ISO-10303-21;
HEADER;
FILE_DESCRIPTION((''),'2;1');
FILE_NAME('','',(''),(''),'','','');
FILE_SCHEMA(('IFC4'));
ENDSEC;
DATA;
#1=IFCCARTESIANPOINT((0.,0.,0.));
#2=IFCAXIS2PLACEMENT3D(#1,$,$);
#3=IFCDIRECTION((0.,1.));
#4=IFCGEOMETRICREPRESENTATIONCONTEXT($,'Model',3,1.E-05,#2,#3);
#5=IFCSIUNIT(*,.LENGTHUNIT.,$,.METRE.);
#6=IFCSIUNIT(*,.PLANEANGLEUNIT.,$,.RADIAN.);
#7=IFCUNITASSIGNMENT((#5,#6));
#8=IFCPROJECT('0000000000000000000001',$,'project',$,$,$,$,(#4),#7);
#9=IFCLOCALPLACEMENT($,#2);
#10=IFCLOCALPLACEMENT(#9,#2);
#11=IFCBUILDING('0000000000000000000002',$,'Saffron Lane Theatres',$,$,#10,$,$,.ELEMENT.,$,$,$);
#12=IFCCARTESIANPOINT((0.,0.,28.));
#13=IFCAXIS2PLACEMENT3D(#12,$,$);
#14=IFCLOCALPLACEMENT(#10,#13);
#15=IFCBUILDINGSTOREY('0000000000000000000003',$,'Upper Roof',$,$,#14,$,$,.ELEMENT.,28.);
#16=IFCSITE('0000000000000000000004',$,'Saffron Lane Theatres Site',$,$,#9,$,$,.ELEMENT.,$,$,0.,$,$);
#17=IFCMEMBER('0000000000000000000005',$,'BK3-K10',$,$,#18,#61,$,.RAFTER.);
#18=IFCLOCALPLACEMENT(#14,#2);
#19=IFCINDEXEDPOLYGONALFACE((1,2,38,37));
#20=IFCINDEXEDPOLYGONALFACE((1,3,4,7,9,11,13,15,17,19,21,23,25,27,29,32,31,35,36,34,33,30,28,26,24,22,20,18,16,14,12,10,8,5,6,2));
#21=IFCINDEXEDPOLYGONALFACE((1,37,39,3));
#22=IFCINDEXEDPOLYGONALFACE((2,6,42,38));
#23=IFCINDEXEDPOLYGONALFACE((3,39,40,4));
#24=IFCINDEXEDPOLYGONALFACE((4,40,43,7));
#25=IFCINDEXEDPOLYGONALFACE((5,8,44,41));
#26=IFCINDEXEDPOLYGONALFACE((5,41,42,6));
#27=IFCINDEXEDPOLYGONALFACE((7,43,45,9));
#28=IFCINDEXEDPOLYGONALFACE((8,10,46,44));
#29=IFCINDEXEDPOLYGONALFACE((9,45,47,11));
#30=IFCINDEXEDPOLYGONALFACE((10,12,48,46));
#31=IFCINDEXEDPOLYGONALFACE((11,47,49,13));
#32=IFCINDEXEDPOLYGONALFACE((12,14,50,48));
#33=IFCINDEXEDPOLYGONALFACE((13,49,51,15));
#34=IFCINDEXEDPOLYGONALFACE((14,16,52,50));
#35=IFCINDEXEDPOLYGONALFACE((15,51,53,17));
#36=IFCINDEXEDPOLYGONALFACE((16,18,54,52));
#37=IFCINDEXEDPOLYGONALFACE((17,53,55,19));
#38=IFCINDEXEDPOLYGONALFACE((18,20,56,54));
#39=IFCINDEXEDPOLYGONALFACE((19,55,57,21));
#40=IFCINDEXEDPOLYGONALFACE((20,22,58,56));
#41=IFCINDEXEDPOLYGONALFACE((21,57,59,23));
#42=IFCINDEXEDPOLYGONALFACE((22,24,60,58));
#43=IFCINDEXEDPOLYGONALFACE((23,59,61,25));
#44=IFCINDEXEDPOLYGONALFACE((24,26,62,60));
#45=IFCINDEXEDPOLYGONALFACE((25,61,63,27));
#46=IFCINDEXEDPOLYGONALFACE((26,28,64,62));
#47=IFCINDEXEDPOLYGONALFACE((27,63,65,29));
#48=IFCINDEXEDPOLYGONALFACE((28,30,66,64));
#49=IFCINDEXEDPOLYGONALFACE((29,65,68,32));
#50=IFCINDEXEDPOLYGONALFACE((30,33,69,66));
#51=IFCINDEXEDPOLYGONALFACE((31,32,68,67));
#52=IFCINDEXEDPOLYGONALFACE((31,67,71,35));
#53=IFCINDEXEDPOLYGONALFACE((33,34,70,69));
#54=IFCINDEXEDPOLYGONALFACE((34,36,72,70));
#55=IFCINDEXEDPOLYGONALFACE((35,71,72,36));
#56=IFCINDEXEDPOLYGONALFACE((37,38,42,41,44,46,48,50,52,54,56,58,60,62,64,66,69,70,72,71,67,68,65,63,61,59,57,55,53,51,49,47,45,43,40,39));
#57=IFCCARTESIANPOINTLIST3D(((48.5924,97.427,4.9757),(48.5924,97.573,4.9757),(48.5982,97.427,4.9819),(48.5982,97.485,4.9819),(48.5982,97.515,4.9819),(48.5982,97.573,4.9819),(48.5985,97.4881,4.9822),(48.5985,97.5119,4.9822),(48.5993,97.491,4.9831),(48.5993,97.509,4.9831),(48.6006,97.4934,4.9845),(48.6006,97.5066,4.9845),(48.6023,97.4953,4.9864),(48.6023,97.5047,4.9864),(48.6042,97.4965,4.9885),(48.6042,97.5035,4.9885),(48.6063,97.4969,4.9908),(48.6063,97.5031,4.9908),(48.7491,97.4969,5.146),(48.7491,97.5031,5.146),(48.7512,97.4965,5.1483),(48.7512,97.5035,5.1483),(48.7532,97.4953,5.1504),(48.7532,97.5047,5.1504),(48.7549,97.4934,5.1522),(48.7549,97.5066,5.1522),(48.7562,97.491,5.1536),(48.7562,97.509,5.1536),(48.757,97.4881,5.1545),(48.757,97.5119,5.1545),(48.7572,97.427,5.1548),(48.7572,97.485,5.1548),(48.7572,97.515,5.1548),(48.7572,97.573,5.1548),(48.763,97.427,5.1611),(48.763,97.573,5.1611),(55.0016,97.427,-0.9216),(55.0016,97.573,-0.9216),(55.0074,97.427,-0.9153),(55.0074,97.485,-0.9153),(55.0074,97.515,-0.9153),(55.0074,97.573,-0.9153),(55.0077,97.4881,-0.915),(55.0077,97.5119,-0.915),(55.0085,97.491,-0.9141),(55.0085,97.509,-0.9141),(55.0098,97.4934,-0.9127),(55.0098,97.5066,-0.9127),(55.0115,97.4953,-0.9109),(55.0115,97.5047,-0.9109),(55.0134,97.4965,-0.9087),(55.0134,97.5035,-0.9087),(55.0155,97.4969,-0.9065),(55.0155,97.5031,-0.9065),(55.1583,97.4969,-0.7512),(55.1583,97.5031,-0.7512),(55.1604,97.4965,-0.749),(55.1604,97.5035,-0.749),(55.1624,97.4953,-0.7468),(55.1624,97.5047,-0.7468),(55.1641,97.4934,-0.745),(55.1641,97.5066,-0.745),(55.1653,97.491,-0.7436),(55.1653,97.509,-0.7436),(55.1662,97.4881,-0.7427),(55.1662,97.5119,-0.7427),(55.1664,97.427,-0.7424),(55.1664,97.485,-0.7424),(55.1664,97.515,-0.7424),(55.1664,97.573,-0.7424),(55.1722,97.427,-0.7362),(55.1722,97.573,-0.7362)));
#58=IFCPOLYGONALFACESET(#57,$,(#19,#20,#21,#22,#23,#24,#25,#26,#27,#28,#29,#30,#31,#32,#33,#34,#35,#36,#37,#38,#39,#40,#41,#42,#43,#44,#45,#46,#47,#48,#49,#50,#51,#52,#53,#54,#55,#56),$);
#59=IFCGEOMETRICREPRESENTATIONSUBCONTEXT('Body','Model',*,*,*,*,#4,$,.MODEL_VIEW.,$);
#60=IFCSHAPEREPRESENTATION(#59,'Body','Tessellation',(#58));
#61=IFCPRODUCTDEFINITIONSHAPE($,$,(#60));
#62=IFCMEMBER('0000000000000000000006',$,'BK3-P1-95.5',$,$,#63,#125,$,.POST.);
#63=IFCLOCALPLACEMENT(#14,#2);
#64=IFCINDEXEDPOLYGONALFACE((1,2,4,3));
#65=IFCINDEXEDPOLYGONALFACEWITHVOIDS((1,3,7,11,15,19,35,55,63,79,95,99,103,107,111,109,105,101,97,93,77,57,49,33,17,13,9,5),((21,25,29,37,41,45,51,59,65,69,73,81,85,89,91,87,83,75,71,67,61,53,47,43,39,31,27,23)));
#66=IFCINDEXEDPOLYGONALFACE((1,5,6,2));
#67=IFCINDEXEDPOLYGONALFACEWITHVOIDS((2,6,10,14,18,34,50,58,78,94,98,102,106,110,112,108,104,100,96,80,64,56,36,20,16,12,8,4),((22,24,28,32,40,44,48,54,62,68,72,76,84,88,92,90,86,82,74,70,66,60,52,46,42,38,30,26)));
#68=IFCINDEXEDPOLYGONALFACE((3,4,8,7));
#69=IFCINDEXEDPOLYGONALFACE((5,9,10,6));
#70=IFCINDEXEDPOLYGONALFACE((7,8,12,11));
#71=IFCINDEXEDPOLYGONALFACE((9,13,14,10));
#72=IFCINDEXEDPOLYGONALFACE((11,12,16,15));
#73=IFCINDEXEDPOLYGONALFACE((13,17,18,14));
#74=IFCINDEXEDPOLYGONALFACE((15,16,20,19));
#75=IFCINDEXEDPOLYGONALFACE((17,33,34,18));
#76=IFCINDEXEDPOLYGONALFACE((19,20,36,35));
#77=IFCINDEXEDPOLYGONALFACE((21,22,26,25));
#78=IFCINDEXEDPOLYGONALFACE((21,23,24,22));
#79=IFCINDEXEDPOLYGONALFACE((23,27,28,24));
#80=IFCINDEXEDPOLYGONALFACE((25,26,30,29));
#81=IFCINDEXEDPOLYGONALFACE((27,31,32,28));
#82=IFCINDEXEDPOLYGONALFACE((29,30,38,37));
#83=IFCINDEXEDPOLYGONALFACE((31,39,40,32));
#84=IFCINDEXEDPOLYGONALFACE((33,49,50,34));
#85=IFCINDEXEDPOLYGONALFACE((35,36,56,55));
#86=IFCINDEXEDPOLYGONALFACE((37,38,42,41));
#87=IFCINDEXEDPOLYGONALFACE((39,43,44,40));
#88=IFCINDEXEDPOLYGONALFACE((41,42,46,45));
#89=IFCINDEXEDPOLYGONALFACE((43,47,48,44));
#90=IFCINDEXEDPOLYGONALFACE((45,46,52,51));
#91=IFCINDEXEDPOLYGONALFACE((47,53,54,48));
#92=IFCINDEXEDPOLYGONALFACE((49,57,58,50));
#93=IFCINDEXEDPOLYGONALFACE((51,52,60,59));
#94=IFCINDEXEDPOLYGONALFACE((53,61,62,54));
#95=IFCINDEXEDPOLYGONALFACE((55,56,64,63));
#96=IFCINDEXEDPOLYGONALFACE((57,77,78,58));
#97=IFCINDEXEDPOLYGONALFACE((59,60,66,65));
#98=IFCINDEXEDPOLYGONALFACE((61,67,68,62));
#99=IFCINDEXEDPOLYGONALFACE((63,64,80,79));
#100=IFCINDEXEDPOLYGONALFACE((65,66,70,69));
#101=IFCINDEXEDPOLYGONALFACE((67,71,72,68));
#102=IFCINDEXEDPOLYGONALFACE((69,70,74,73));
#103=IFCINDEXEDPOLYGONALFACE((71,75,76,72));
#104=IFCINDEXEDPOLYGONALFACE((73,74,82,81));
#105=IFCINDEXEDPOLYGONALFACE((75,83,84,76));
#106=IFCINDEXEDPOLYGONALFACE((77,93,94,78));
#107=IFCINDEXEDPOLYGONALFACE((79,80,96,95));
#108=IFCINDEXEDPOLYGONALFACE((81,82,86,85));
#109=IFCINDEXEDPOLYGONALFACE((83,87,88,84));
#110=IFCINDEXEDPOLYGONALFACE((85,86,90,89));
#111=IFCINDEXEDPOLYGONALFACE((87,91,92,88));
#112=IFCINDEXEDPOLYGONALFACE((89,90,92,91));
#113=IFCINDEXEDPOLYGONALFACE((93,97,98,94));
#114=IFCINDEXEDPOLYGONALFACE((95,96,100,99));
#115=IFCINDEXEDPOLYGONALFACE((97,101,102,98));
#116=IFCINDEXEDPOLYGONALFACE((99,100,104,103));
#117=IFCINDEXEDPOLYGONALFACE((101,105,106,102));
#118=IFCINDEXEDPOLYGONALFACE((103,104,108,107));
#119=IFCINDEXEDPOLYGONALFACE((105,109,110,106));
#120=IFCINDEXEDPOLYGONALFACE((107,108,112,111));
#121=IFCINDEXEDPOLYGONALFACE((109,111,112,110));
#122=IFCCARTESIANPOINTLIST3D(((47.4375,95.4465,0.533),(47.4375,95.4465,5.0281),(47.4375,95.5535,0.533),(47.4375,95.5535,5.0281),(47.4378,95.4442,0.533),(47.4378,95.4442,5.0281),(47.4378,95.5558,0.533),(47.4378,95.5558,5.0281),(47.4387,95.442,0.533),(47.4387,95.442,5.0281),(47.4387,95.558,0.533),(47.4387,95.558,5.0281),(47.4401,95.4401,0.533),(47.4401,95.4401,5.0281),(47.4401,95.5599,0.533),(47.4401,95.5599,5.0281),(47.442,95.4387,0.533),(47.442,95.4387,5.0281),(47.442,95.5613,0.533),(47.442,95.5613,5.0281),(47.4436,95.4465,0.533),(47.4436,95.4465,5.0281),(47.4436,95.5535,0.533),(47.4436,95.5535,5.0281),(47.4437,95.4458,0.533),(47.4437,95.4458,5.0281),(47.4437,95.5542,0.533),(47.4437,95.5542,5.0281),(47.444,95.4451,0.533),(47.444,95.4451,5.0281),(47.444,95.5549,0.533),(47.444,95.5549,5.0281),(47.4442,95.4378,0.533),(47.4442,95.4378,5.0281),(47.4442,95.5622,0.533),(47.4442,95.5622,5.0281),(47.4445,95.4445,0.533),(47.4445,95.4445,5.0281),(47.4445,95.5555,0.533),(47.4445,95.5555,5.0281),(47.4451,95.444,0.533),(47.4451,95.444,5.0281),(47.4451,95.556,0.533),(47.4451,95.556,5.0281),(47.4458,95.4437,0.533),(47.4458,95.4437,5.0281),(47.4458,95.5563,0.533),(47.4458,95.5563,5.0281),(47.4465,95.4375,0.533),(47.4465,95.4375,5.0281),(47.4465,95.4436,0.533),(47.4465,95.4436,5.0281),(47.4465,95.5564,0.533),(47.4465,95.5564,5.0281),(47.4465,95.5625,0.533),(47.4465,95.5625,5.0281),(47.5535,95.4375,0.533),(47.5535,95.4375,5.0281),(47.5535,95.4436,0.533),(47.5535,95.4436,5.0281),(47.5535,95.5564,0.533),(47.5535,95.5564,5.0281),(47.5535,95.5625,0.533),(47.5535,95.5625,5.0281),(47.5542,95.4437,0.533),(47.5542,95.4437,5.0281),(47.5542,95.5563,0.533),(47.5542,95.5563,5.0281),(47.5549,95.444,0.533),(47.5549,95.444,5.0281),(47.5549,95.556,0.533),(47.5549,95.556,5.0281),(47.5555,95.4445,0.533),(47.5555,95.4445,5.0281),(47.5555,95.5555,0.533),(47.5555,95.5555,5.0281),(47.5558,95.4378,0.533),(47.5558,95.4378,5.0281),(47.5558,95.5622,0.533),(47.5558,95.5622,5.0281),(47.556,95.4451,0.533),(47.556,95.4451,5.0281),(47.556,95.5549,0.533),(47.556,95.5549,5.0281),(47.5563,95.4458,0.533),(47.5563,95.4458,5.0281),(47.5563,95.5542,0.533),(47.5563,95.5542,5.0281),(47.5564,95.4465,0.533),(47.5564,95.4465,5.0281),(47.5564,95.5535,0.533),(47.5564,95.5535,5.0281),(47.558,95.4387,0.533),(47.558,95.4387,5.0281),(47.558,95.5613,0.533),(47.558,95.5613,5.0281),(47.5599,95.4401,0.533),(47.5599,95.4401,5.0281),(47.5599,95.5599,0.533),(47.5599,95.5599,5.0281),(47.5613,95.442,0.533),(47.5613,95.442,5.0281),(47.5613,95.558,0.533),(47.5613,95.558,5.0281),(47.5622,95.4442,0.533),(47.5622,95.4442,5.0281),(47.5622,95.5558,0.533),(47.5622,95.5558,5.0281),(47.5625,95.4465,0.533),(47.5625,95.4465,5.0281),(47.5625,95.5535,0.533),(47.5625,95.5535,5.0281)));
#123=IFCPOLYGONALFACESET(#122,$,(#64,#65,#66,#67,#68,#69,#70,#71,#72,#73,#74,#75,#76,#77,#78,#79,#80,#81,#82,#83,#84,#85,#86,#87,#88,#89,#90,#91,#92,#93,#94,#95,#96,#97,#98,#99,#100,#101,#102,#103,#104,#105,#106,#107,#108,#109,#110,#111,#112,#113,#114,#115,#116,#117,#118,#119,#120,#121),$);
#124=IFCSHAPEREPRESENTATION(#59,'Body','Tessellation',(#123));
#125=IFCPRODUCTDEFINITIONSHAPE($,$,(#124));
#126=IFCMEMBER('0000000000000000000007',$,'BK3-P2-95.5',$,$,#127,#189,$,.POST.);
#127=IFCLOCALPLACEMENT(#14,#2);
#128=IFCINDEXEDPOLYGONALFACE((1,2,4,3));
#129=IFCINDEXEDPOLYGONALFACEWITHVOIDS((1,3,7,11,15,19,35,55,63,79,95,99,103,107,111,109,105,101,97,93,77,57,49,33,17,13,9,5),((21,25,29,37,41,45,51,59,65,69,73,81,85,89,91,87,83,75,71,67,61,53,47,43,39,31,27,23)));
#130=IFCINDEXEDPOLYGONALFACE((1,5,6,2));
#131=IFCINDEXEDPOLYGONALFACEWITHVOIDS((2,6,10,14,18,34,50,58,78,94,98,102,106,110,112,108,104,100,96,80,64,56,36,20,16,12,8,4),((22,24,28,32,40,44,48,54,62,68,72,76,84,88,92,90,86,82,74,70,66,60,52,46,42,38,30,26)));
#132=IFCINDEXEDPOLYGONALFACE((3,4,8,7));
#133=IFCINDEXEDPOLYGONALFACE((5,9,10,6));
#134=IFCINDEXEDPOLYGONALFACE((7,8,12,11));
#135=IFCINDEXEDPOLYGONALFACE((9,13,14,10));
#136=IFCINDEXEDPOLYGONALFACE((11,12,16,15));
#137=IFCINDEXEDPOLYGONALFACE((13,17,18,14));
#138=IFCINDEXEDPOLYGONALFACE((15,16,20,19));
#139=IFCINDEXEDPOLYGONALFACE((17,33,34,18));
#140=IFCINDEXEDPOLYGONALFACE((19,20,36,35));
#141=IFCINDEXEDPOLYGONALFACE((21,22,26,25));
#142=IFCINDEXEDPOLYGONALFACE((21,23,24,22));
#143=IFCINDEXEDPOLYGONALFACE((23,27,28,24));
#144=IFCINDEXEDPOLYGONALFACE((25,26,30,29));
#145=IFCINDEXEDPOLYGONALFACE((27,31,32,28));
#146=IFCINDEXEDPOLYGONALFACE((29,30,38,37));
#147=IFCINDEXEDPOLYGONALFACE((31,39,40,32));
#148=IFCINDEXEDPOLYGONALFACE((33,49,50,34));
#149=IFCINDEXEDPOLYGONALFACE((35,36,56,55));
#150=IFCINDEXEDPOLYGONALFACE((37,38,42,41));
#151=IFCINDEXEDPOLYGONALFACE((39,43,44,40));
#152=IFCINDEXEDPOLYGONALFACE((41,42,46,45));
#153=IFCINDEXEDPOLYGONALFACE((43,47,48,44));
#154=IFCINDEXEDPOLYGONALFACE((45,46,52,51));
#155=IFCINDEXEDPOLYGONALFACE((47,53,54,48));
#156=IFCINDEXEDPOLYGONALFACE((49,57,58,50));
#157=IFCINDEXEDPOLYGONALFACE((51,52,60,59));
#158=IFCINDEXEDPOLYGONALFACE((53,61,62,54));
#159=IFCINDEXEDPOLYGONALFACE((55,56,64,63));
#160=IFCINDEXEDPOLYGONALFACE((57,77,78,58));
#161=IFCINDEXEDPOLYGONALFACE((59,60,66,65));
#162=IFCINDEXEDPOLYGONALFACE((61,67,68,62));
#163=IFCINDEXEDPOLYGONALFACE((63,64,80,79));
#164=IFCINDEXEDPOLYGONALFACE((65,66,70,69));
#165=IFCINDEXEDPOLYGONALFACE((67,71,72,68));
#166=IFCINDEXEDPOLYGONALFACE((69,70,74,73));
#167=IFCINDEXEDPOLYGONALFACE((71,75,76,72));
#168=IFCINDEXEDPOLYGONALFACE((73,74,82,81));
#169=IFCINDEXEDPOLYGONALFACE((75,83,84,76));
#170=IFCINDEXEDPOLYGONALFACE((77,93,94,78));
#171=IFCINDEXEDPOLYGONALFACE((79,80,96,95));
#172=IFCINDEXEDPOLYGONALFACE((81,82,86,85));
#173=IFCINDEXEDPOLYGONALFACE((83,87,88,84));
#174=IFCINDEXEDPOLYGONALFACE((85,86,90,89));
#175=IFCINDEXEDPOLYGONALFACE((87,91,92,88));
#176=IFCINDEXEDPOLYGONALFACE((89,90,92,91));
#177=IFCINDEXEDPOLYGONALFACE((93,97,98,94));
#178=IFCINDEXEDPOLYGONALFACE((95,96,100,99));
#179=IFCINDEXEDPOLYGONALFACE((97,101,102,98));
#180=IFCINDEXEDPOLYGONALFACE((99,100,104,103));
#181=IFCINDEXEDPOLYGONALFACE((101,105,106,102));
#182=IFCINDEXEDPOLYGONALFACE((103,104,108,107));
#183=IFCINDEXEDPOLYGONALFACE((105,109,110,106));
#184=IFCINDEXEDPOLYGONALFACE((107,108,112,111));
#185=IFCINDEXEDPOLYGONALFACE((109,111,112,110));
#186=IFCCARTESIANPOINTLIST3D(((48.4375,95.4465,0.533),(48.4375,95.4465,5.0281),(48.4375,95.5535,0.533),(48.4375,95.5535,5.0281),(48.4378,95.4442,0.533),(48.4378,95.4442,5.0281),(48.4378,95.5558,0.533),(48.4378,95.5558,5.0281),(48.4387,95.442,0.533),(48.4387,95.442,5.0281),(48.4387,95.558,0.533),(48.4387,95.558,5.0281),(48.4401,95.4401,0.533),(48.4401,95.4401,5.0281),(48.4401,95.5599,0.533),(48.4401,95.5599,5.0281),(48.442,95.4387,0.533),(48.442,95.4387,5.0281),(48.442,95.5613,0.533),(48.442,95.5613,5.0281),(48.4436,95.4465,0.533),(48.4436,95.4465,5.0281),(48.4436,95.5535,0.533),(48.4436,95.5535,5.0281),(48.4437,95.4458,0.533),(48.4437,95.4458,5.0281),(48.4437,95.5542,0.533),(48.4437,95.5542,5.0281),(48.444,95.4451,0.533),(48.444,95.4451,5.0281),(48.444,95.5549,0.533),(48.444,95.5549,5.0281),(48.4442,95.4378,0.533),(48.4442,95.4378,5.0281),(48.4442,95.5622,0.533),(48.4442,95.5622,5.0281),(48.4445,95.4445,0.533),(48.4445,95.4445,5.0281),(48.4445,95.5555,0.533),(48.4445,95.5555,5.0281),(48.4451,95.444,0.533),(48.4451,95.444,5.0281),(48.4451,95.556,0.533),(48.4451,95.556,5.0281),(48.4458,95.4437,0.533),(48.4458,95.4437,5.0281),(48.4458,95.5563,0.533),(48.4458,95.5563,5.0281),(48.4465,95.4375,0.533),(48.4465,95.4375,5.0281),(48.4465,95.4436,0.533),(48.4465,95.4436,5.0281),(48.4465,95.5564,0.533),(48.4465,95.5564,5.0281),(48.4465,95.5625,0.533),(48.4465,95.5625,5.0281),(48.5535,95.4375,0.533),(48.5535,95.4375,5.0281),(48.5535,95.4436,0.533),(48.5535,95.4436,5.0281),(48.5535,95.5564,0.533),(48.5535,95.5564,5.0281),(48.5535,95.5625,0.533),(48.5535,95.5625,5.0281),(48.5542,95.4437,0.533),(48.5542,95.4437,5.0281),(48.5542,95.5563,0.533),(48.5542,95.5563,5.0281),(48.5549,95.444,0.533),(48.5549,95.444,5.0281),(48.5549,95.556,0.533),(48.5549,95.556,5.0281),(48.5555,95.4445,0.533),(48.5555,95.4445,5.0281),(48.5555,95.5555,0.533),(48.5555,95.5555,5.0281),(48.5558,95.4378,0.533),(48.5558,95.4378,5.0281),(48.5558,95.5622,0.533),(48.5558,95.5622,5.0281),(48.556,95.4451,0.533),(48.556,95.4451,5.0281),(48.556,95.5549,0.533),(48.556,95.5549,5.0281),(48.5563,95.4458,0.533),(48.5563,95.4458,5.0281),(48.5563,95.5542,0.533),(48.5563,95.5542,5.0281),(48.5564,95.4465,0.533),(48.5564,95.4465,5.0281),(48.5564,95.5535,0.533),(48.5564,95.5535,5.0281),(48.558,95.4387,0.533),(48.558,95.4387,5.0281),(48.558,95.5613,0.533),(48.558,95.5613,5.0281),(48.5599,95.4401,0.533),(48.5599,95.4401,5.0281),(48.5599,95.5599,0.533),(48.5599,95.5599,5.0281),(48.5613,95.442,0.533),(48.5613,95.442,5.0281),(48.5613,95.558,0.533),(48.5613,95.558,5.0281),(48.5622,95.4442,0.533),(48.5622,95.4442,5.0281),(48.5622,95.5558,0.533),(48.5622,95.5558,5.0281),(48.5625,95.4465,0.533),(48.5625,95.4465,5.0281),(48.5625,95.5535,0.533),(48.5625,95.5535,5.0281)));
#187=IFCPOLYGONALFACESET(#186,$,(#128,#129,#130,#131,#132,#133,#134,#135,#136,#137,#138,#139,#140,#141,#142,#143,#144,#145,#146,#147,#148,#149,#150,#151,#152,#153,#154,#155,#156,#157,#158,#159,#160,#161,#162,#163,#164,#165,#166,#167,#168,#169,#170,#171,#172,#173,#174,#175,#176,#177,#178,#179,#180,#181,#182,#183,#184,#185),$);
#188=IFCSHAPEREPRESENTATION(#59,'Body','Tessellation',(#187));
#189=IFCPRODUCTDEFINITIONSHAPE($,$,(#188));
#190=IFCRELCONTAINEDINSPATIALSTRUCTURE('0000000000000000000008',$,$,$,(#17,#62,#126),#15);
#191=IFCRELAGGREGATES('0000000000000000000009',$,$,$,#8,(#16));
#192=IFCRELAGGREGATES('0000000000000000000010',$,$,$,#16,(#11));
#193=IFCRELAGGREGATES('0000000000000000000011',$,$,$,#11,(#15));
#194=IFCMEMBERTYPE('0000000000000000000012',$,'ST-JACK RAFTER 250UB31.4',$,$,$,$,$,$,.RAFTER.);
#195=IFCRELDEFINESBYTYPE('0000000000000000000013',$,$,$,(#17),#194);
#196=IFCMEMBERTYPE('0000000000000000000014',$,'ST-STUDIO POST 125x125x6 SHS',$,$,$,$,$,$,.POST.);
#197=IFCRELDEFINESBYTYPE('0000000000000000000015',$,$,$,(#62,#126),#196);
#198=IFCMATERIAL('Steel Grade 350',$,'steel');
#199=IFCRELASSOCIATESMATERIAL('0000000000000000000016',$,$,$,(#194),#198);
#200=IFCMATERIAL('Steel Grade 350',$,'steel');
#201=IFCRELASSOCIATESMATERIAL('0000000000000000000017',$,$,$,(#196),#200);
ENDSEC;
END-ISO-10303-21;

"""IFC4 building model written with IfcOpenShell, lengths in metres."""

from ifc_helpers import new_model, si_unit, direction, frame, origin, origin_2d, place, context, subcontext, project, spatial, hollow_rectangle, i_section, extrude, material, material_profile, profile_set, type_object, element, save


model = new_model("IFC4")

# Units and contexts
model_context = context("Model", 3, precision=1e-05, world=origin(), true_north=direction((0.0, 1.0)))
body_context = subcontext(model_context, "Body", "Model", "MODEL_VIEW")
ifc_project = project(units=[si_unit("LENGTHUNIT", "METRE"), si_unit("PLANEANGLEUNIT", "RADIAN")], contexts=[model_context])

# Site, building, storey
site_placement = place(None, origin())
site = spatial("IfcSite", under=ifc_project, at=site_placement, Name="Saffron Lane Theatres Site", CompositionType="ELEMENT", RefElevation=0.0)
building_placement = place(site_placement, origin())
building = spatial("IfcBuilding", under=site, at=building_placement, Name="Saffron Lane Theatres", CompositionType="ELEMENT")
storey_placement = place(building_placement, frame((0.0, 0.0, 28.0)))
storey = spatial("IfcBuildingStorey", under=building, at=storey_placement, Name="Upper Roof", CompositionType="ELEMENT", Elevation=28.0)

# Members
ifc_material_1 = material(Name="Steel Grade 350", Category="steel")
ifc_material_profile_1 = material_profile(ifc_material_1, i_section(OverallWidth=0.146, OverallDepth=0.252, WebThickness=0.0061, FlangeThickness=0.0085, FilletRadius=0.012, at=origin_2d()))
ifc_profile_set_1 = profile_set([ifc_material_profile_1], Name="Steel Grade 350")
member_type_1 = type_object("IfcMemberType", Name="ST-JACK RAFTER 250UB31.4", PredefinedType="RAFTER", material=ifc_profile_set_1)
member_1_placement = place(storey_placement, frame((55.0869, 97.5, -0.8289), z_axis=(-0.735887, 0.0, 0.677105), x_axis=(0.0, -1.0, 0.0)))
element("IfcMember", 1, at=member_1_placement, inside=storey, type_object=member_type_1, Name="BK3-K10", PredefinedType="RAFTER", context=body_context, shape_type="SweptSolid", body=[
    extrude(i_section(OverallWidth=0.146, OverallDepth=0.252, WebThickness=0.0061, FlangeThickness=0.0085, FilletRadius=0.012, at=origin_2d()), origin(), (0.0, 0.0, 1.0), 8.7095),
])
ifc_material_2 = material(Name="Steel Grade 350", Category="steel")
ifc_material_profile_2 = material_profile(ifc_material_2, hollow_rectangle(XDim=0.125, YDim=0.125, WallThickness=0.0061, InnerFilletRadius=0.0029, OuterFilletRadius=0.009, at=origin_2d()))
ifc_profile_set_2 = profile_set([ifc_material_profile_2], Name="Steel Grade 350")
member_type_2 = type_object("IfcMemberType", Name="ST-STUDIO POST 125x125x6 SHS", PredefinedType="POST", material=ifc_profile_set_2)
for number, where, z_axis, x_axis, name in (
    (2, (47.5, 95.5, 0.533), (0.0, 0.0, 1.0), (1.0, 0.0, 0.0), "BK3-P1-95.5"),
    (3, (48.5, 95.5, 0.533), (0.0, 0.0, 1.0), (1.0, 0.0, 0.0), "BK3-P2-95.5"),
):
    element("IfcMember", number, at=place(storey_placement, frame(where, z_axis=z_axis, x_axis=x_axis)), inside=storey, type_object=member_type_2, Name=name, PredefinedType="POST", context=body_context, shape_type="SweptSolid", body=[
        extrude(hollow_rectangle(XDim=0.125, YDim=0.125, WallThickness=0.0061, InnerFilletRadius=0.0029, OuterFilletRadius=0.009, at=origin_2d()), origin(), (0.0, 0.0, 1.0), 4.4951),
    ])

save(model, "model.ifc")
